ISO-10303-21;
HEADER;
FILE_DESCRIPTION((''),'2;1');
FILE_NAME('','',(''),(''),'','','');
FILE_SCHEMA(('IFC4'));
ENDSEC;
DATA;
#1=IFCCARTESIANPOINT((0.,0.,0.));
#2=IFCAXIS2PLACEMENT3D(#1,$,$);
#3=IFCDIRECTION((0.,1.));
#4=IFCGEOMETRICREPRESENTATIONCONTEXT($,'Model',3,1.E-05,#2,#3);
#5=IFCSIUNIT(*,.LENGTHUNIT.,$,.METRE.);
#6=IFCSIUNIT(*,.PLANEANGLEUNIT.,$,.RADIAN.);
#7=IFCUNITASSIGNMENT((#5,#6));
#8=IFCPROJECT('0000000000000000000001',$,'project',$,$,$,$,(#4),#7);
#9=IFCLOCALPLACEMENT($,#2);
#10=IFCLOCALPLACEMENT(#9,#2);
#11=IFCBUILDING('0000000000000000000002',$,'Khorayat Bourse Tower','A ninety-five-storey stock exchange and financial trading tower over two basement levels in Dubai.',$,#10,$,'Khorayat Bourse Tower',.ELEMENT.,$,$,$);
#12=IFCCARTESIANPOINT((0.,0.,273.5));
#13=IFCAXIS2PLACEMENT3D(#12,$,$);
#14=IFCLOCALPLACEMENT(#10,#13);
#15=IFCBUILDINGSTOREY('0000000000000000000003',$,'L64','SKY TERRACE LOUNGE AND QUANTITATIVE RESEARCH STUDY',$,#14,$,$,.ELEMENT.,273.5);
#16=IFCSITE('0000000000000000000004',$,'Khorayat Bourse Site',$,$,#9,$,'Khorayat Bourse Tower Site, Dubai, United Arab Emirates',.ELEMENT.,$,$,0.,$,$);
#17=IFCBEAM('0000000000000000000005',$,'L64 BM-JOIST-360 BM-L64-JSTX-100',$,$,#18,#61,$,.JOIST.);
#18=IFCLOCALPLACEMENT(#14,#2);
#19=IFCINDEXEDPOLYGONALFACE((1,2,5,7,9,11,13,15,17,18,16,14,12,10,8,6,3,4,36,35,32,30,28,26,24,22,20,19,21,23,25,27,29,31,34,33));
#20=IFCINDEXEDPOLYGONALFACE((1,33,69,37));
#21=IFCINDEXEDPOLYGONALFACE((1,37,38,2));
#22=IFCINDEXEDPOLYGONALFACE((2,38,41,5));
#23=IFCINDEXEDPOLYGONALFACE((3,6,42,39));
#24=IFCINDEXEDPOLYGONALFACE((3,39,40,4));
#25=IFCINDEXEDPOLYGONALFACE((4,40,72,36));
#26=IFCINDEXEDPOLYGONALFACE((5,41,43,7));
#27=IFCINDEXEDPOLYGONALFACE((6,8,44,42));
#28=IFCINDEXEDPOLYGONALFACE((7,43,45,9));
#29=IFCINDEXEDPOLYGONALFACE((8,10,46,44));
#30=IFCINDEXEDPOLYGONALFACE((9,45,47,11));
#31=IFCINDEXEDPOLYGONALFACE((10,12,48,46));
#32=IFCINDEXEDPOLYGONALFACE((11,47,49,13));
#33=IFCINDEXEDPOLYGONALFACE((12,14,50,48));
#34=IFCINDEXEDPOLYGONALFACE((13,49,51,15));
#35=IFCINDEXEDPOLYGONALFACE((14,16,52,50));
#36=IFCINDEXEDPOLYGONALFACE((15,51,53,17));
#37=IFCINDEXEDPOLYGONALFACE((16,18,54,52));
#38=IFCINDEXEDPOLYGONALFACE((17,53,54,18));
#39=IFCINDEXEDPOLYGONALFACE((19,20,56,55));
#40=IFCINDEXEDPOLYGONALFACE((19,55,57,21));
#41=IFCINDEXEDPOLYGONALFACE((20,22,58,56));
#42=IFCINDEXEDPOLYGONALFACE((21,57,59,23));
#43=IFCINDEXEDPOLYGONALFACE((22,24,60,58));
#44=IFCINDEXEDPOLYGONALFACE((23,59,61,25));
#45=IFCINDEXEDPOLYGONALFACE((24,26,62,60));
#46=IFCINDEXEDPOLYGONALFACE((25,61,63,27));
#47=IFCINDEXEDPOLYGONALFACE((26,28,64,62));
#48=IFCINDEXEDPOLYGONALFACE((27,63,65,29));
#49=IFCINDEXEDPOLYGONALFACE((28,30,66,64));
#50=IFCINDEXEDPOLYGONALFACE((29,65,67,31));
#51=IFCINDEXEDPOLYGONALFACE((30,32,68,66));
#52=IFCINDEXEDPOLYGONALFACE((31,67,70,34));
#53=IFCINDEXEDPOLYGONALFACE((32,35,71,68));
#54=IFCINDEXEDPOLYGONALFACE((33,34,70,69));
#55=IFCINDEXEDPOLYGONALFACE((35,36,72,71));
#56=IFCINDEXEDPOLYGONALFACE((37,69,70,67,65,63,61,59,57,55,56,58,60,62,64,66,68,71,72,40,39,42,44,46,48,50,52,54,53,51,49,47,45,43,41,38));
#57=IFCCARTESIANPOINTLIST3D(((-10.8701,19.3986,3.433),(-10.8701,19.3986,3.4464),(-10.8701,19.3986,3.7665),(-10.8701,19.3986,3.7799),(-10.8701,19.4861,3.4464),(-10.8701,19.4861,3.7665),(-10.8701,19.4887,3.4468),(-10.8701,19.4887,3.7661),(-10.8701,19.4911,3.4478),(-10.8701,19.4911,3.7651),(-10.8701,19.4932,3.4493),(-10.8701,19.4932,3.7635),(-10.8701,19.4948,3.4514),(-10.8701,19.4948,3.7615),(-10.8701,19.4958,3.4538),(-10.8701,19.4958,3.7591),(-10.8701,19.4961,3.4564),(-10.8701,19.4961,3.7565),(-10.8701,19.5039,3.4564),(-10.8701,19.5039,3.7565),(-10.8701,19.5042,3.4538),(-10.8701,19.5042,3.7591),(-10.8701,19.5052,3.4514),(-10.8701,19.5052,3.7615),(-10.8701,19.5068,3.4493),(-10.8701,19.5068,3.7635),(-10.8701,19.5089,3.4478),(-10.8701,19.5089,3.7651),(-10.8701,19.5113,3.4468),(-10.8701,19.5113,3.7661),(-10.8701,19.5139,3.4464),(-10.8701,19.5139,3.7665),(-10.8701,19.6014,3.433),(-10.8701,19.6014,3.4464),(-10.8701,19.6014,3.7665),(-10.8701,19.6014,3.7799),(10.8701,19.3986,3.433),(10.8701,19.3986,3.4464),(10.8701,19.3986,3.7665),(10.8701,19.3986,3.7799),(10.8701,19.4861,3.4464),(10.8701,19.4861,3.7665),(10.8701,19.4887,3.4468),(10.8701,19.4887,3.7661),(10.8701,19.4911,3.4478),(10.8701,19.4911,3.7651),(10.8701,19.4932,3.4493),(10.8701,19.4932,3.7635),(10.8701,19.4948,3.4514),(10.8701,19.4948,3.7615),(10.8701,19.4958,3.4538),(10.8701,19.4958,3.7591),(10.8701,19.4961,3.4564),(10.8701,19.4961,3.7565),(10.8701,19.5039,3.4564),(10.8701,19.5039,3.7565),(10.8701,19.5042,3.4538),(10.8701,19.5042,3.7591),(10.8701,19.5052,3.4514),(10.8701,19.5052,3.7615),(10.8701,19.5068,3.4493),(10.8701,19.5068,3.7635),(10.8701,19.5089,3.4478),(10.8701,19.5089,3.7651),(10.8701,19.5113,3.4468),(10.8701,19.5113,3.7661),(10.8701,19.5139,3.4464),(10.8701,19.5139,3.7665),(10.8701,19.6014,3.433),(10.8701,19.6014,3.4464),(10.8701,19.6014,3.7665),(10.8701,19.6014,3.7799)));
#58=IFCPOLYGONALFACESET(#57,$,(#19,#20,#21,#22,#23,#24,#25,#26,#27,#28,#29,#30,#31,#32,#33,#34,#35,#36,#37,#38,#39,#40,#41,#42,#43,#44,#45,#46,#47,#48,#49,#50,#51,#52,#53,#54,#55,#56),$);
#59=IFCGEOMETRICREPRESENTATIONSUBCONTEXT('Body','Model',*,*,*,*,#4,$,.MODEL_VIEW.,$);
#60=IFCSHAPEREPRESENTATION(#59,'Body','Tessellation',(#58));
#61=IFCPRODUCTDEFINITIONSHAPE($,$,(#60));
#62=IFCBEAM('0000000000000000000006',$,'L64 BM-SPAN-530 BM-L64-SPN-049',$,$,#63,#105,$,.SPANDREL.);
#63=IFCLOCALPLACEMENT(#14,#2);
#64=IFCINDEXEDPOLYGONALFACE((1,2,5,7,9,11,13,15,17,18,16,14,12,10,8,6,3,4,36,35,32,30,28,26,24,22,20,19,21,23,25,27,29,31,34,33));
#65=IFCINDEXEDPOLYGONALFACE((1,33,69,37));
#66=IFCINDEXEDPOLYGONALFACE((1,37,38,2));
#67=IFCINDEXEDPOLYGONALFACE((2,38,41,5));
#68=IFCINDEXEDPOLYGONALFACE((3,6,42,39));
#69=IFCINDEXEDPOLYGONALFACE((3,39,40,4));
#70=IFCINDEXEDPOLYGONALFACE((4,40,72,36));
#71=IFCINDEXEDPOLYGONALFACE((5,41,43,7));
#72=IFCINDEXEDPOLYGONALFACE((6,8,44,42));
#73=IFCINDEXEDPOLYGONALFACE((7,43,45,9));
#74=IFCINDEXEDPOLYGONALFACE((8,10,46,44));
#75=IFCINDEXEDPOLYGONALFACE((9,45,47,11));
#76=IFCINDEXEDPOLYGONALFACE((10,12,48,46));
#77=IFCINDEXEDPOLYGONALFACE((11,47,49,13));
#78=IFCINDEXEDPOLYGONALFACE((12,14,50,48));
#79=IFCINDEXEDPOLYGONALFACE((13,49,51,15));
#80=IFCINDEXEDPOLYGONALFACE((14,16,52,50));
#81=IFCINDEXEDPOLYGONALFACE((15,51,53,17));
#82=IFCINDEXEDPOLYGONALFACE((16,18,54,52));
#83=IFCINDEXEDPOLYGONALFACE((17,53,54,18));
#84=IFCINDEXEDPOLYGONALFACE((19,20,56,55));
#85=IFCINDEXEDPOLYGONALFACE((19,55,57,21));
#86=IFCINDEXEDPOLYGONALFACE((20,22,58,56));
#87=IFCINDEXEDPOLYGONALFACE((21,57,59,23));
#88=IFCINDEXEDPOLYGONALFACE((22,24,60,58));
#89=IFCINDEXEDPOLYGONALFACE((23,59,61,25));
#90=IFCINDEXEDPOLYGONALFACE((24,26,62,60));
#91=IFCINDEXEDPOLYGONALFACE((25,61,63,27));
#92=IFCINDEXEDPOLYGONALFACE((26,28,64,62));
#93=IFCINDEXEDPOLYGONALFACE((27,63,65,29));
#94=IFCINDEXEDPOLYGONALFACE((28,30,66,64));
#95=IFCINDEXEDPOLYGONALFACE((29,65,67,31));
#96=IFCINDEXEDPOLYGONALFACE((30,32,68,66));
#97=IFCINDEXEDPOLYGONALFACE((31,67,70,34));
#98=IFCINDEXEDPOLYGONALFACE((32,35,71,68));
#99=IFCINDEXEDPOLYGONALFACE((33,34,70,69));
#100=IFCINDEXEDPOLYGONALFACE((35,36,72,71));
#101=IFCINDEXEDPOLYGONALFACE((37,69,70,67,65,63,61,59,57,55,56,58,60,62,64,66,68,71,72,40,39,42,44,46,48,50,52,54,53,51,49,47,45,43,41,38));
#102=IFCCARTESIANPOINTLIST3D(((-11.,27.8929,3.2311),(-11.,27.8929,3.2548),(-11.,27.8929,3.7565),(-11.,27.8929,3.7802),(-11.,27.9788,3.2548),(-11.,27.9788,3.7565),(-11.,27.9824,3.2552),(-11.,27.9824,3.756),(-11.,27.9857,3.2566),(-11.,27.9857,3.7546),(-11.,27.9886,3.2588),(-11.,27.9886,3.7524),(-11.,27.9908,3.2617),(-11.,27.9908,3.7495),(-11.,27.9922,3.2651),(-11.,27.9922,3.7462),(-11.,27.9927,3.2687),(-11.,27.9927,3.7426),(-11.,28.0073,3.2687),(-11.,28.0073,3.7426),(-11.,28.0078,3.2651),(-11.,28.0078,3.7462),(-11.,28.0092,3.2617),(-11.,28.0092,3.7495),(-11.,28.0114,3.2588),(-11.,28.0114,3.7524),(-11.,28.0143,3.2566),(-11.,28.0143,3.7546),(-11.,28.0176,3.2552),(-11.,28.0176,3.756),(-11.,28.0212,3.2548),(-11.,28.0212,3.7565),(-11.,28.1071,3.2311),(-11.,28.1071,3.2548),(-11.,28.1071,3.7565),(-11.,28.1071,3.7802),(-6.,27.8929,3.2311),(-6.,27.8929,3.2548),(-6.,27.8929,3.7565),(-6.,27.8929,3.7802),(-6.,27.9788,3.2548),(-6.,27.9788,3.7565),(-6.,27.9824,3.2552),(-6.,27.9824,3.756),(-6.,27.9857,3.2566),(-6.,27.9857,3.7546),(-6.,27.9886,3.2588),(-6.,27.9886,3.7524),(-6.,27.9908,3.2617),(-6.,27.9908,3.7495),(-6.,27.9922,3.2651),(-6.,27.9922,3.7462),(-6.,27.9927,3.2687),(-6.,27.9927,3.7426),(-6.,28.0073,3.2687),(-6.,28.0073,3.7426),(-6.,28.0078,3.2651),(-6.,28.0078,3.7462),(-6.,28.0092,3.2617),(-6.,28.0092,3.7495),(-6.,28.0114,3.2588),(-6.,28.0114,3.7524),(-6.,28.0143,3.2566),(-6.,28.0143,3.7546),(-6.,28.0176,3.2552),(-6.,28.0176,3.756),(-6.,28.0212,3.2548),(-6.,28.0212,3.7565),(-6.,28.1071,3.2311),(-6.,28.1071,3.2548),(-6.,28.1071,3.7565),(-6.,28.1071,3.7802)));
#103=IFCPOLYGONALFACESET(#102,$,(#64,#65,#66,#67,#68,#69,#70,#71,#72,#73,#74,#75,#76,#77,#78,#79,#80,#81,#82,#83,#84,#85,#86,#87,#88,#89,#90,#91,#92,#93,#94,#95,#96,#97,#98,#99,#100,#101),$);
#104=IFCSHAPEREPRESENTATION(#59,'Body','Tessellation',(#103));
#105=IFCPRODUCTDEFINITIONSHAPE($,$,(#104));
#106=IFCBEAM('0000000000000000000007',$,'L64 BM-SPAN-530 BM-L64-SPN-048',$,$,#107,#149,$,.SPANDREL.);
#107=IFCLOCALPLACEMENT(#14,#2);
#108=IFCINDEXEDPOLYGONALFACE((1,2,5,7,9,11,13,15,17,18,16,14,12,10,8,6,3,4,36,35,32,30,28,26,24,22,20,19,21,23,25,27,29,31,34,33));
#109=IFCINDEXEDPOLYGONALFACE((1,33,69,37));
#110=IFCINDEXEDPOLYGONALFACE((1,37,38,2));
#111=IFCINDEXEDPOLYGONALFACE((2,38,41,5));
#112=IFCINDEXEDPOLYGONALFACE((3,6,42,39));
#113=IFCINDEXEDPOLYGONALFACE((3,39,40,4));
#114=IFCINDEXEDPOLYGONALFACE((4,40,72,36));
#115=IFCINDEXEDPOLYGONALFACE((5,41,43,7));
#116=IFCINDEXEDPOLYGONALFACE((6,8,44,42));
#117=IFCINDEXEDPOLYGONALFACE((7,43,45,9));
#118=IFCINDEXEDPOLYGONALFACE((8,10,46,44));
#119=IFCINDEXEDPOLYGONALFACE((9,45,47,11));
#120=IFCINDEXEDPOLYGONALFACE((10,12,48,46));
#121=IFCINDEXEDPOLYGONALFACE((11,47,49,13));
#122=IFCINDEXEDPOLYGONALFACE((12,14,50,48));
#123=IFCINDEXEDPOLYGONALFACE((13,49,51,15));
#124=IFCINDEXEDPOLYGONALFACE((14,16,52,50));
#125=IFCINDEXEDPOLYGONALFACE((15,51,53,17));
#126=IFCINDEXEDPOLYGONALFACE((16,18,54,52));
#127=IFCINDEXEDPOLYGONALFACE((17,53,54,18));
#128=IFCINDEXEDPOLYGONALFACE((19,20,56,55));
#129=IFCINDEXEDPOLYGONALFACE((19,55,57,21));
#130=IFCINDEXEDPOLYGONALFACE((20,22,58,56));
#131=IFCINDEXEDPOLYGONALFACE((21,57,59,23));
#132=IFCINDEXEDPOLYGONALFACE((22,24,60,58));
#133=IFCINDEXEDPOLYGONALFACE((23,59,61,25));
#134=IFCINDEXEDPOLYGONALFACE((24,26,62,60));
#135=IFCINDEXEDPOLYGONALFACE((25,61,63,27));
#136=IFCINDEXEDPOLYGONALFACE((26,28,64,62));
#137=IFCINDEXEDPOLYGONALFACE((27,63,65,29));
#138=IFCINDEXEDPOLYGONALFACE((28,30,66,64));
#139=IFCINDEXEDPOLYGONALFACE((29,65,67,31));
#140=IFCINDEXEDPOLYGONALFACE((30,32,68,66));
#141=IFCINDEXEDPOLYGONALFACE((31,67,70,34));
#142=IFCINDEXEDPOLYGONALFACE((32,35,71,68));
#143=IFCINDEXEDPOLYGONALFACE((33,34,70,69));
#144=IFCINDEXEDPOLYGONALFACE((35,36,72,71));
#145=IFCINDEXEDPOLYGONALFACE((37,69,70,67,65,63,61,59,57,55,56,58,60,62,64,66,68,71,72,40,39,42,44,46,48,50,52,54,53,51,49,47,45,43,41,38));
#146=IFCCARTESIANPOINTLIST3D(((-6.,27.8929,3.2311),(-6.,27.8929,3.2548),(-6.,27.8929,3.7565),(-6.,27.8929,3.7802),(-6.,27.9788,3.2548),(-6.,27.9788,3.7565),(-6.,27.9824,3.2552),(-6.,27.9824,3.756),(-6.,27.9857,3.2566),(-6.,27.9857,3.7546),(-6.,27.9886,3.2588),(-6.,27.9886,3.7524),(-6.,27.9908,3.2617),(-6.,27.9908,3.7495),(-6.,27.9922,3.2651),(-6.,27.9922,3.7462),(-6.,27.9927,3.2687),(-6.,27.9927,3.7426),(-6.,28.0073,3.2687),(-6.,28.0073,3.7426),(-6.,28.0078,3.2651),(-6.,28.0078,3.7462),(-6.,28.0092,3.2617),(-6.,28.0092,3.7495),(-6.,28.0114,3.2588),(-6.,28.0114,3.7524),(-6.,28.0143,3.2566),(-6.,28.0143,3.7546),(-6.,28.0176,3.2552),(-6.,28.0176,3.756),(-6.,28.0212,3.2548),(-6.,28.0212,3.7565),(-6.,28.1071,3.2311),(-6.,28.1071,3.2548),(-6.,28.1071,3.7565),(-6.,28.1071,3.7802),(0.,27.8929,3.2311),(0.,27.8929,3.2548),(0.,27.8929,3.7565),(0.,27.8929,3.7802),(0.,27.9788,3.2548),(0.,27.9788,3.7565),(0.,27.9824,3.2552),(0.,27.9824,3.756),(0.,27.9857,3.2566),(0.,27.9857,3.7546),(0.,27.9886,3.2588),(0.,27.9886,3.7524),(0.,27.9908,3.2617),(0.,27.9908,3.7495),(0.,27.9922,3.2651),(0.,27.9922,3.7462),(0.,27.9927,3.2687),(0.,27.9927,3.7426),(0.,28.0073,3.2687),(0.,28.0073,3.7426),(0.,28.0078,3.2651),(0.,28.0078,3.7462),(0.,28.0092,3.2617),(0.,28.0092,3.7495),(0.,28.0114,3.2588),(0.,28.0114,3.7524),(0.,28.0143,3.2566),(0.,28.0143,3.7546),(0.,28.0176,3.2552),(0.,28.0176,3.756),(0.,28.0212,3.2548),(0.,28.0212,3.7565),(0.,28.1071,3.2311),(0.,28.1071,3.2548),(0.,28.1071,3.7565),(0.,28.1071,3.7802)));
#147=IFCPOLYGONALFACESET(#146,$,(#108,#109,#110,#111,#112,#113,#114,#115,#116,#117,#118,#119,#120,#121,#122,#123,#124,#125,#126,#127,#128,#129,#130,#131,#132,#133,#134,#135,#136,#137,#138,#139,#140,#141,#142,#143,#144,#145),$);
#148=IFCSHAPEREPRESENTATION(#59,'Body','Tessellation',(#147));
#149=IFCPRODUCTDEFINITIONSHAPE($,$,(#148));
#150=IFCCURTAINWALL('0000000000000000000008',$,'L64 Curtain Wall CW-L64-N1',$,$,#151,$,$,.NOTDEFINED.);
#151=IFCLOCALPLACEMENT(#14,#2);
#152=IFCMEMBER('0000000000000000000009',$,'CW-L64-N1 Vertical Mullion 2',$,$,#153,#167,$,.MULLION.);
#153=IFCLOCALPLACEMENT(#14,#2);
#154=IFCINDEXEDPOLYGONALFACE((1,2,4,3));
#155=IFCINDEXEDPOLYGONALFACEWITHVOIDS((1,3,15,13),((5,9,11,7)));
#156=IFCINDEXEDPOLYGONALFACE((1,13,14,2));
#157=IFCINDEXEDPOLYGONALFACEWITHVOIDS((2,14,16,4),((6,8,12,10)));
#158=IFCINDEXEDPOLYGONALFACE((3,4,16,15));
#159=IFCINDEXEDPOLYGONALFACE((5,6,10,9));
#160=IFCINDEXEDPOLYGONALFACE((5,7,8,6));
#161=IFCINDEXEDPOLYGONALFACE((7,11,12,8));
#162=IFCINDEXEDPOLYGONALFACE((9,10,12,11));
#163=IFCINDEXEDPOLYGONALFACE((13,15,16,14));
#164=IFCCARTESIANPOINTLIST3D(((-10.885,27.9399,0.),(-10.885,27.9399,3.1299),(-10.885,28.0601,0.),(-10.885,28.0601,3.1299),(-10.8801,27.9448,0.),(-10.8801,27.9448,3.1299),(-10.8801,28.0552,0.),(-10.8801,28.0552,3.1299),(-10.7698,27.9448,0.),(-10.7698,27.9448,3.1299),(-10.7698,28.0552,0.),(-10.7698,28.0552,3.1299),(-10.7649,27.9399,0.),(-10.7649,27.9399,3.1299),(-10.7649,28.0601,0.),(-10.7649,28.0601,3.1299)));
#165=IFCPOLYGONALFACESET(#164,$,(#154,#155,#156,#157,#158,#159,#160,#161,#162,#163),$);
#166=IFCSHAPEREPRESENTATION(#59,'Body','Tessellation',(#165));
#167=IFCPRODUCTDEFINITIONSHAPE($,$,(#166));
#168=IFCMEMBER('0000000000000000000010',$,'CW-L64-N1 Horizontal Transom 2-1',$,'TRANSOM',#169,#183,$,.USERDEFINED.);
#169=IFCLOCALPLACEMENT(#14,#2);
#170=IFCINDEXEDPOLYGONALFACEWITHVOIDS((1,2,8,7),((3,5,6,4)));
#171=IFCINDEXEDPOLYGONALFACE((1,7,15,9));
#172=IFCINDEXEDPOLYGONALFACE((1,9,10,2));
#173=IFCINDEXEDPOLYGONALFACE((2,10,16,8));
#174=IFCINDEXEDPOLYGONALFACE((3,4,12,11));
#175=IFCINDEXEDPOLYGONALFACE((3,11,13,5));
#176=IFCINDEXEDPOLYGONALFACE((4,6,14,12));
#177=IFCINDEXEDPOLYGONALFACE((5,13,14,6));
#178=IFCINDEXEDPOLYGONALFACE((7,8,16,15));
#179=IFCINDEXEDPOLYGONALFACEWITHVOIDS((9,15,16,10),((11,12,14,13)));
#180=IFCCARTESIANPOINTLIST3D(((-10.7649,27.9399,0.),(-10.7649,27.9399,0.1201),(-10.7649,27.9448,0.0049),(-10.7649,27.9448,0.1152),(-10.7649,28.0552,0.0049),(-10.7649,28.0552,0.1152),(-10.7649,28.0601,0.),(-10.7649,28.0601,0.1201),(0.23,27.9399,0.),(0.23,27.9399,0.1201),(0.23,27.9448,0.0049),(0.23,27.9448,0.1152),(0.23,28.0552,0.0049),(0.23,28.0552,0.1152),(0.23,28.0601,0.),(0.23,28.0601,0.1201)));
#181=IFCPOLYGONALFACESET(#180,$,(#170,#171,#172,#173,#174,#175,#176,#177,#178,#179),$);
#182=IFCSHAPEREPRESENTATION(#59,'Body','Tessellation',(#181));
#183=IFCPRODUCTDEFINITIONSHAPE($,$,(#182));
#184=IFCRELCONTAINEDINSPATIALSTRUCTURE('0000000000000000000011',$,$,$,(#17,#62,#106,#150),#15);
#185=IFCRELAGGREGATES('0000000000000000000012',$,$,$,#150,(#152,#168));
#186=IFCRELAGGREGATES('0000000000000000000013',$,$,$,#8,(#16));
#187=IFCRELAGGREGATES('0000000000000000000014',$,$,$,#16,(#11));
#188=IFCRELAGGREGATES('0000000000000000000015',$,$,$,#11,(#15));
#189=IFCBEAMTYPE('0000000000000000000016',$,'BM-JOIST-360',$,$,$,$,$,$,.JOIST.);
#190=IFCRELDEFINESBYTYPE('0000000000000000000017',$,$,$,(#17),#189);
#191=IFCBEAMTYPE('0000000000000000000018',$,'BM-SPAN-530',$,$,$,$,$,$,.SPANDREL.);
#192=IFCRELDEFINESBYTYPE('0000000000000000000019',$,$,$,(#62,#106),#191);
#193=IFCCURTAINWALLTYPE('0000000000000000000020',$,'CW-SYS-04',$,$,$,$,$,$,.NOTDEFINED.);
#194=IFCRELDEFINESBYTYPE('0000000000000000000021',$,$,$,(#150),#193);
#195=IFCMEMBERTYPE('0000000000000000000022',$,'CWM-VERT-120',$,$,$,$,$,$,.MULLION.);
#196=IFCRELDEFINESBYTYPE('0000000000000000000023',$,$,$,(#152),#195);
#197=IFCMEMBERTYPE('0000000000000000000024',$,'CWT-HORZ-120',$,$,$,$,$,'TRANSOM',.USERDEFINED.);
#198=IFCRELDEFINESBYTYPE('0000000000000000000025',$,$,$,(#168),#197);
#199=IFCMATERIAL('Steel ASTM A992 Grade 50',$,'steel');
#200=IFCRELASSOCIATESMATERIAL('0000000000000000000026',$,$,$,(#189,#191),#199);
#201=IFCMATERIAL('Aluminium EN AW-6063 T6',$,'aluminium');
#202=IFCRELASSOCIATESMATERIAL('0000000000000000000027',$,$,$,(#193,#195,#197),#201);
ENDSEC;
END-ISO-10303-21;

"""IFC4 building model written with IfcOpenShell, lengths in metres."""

from ifc_helpers import new_model, si_unit, direction, frame, origin, origin_2d, place, context, subcontext, project, spatial, hollow_rectangle, i_section, extrude, source, transform, mapped, material, material_profile, profile_set, type_object, element, aggregate, save


model = new_model("IFC4")

# Units and contexts
model_context = context("Model", 3, precision=1e-05, world=origin(), true_north=direction((0.0, 1.0)))
body_context = subcontext(model_context, "Body", "Model", "MODEL_VIEW")
ifc_project = project(units=[si_unit("LENGTHUNIT", "METRE"), si_unit("PLANEANGLEUNIT", "RADIAN")], contexts=[model_context])

# Site, building, storey
site_placement = place(None, origin())
site = spatial("IfcSite", under=ifc_project, at=site_placement, Name="Khorayat Bourse Site", LongName="Khorayat Bourse Tower Site, Dubai, United Arab Emirates", CompositionType="ELEMENT", RefElevation=0.0)
building_placement = place(site_placement, origin())
building = spatial("IfcBuilding", under=site, at=building_placement, Name="Khorayat Bourse Tower", Description="A ninety-five-storey stock exchange and financial trading tower over two basement levels in Dubai.", LongName="Khorayat Bourse Tower", CompositionType="ELEMENT")
storey_placement = place(building_placement, frame((0.0, 0.0, 273.5)))
storey = spatial("IfcBuildingStorey", under=building, at=storey_placement, Name="L64", Description="SKY TERRACE LOUNGE AND QUANTITATIVE RESEARCH STUDY", CompositionType="ELEMENT", Elevation=273.5)

# Beams
ifc_material_1 = material(Name="Steel ASTM A992 Grade 50", Category="steel")
ifc_material_profile_1 = material_profile(ifc_material_1, i_section(OverallWidth=0.2029, OverallDepth=0.3469, WebThickness=0.0078, FlangeThickness=0.0134, FilletRadius=0.01, at=origin_2d()), Name="W360X64")
ifc_profile_set_1 = profile_set([ifc_material_profile_1], Name="Steel ASTM A992 Grade 50")
beam_type_1 = type_object("IfcBeamType", Name="BM-JOIST-360", PredefinedType="JOIST", material=ifc_profile_set_1)
shared_shape_1 = source(origin(), body_context, "Body", "SweptSolid", [
    extrude(i_section(OverallWidth=0.2029, OverallDepth=0.3469, WebThickness=0.0078, FlangeThickness=0.0134, FilletRadius=0.01, at=origin_2d()), origin(), (0.0, 0.0, 1.0), 21.7402),
])
beam_1_placement = place(storey_placement, frame((-10.8701, 19.5, 3.6064), z_axis=(1.0, 0.0, 0.0), x_axis=(0.0, 1.0, 0.0)))
element("IfcBeam", 1, at=beam_1_placement, inside=storey, type_object=beam_type_1, Name="L64 BM-JOIST-360 BM-L64-JSTX-100", PredefinedType="JOIST", context=body_context, shape_type="MappedRepresentation", body=[
    mapped(shared_shape_1, transform((0.0, 0.0, 0.0), scale=1.0)),
])
ifc_material_profile_2 = material_profile(ifc_material_1, i_section(OverallWidth=0.2141, OverallDepth=0.5491, WebThickness=0.0146, FlangeThickness=0.0237, FilletRadius=0.0139, at=origin_2d()), Name="W530X138")
ifc_profile_set_2 = profile_set([ifc_material_profile_2], Name="Steel ASTM A992 Grade 50")
beam_type_2 = type_object("IfcBeamType", Name="BM-SPAN-530", PredefinedType="SPANDREL", material=ifc_profile_set_2)
shared_shape_2 = source(origin(), body_context, "Body", "SweptSolid", [
    extrude(i_section(OverallWidth=0.2141, OverallDepth=0.5491, WebThickness=0.0146, FlangeThickness=0.0237, FilletRadius=0.0139, at=origin_2d()), origin(), (0.0, 0.0, 1.0), 5.0),
])
beam_2_placement = place(storey_placement, frame((-11.0, 28.0, 3.5056), z_axis=(1.0, 0.0, 0.0), x_axis=(0.0, 1.0, 0.0)))
element("IfcBeam", 2, at=beam_2_placement, inside=storey, type_object=beam_type_2, Name="L64 BM-SPAN-530 BM-L64-SPN-049", PredefinedType="SPANDREL", context=body_context, shape_type="MappedRepresentation", body=[
    mapped(shared_shape_2, transform((0.0, 0.0, 0.0), scale=1.0)),
])
shared_shape_3 = source(origin(), body_context, "Body", "SweptSolid", [
    extrude(i_section(OverallWidth=0.2141, OverallDepth=0.5491, WebThickness=0.0146, FlangeThickness=0.0237, FilletRadius=0.0139, at=origin_2d()), origin(), (0.0, 0.0, 1.0), 6.0),
])
beam_3_placement = place(storey_placement, frame((-6.0, 28.0, 3.5056), z_axis=(1.0, 0.0, 0.0), x_axis=(0.0, 1.0, 0.0)))
element("IfcBeam", 3, at=beam_3_placement, inside=storey, type_object=beam_type_2, Name="L64 BM-SPAN-530 BM-L64-SPN-048", PredefinedType="SPANDREL", context=body_context, shape_type="MappedRepresentation", body=[
    mapped(shared_shape_3, transform((0.0, 0.0, 0.0), scale=1.0)),
])

# Curtain wall, members
ifc_material_2 = material(Name="Aluminium EN AW-6063 T6", Category="aluminium")
curtain_wall_type = type_object("IfcCurtainWallType", Name="CW-SYS-04", PredefinedType="NOTDEFINED", material=ifc_material_2)
curtain_wall_placement = place(storey_placement, origin())
curtain_wall = element("IfcCurtainWall", 4, at=curtain_wall_placement, inside=storey, type_object=curtain_wall_type, Name="L64 Curtain Wall CW-L64-N1", PredefinedType="NOTDEFINED")
ifc_material_profile_3 = material_profile(ifc_material_2, hollow_rectangle(XDim=0.1201, YDim=0.1201, WallThickness=0.0049, at=origin_2d()), Name="ALU 120x120x5")
ifc_profile_set_3 = profile_set([ifc_material_profile_3], Name="Aluminium EN AW-6063 T6")
member_type_1 = type_object("IfcMemberType", Name="CWM-VERT-120", PredefinedType="MULLION", material=ifc_profile_set_3)
shared_shape_4 = source(origin(), body_context, "Body", "SweptSolid", [
    extrude(hollow_rectangle(XDim=0.1201, YDim=0.1201, WallThickness=0.0049, at=origin_2d()), origin(), (0.0, 0.0, 1.0), 3.1299),
])
member_1_placement = place(storey_placement, frame((-10.825, 28.0, 0.0), z_axis=(0.0, 0.0, 1.0), x_axis=(0.0, 1.0, 0.0)))
member_1 = element("IfcMember", 5, at=member_1_placement, type_object=member_type_1, Name="CW-L64-N1 Vertical Mullion 2", PredefinedType="MULLION", context=body_context, shape_type="MappedRepresentation", body=[
    mapped(shared_shape_4, transform((0.0, 0.0, 0.0), scale=1.0)),
])
ifc_material_profile_4 = material_profile(ifc_material_2, hollow_rectangle(XDim=0.1201, YDim=0.1201, WallThickness=0.0049, at=origin_2d()), Name="ALU 120x120x5")
ifc_profile_set_4 = profile_set([ifc_material_profile_4], Name="Aluminium EN AW-6063 T6")
member_type_2 = type_object("IfcMemberType", Name="CWT-HORZ-120", ElementType="TRANSOM", PredefinedType="USERDEFINED", material=ifc_profile_set_4)
shared_shape_5 = source(origin(), body_context, "Body", "SweptSolid", [
    extrude(hollow_rectangle(XDim=0.1201, YDim=0.1201, WallThickness=0.0049, at=origin_2d()), origin(), (0.0, 0.0, 1.0), 10.9949),
])
member_2_placement = place(storey_placement, frame((-10.7649, 28.0, 0.0601), z_axis=(1.0, 0.0, 0.0), x_axis=(0.0, 1.0, 0.0)))
member_2 = element("IfcMember", 6, at=member_2_placement, type_object=member_type_2, Name="CW-L64-N1 Horizontal Transom 2-1", ObjectType="TRANSOM", PredefinedType="USERDEFINED", context=body_context, shape_type="MappedRepresentation", body=[
    mapped(shared_shape_5, transform((0.0, 0.0, 0.0), scale=1.0)),
])

aggregate(curtain_wall, [member_1, member_2])

save(model, "model.ifc")
